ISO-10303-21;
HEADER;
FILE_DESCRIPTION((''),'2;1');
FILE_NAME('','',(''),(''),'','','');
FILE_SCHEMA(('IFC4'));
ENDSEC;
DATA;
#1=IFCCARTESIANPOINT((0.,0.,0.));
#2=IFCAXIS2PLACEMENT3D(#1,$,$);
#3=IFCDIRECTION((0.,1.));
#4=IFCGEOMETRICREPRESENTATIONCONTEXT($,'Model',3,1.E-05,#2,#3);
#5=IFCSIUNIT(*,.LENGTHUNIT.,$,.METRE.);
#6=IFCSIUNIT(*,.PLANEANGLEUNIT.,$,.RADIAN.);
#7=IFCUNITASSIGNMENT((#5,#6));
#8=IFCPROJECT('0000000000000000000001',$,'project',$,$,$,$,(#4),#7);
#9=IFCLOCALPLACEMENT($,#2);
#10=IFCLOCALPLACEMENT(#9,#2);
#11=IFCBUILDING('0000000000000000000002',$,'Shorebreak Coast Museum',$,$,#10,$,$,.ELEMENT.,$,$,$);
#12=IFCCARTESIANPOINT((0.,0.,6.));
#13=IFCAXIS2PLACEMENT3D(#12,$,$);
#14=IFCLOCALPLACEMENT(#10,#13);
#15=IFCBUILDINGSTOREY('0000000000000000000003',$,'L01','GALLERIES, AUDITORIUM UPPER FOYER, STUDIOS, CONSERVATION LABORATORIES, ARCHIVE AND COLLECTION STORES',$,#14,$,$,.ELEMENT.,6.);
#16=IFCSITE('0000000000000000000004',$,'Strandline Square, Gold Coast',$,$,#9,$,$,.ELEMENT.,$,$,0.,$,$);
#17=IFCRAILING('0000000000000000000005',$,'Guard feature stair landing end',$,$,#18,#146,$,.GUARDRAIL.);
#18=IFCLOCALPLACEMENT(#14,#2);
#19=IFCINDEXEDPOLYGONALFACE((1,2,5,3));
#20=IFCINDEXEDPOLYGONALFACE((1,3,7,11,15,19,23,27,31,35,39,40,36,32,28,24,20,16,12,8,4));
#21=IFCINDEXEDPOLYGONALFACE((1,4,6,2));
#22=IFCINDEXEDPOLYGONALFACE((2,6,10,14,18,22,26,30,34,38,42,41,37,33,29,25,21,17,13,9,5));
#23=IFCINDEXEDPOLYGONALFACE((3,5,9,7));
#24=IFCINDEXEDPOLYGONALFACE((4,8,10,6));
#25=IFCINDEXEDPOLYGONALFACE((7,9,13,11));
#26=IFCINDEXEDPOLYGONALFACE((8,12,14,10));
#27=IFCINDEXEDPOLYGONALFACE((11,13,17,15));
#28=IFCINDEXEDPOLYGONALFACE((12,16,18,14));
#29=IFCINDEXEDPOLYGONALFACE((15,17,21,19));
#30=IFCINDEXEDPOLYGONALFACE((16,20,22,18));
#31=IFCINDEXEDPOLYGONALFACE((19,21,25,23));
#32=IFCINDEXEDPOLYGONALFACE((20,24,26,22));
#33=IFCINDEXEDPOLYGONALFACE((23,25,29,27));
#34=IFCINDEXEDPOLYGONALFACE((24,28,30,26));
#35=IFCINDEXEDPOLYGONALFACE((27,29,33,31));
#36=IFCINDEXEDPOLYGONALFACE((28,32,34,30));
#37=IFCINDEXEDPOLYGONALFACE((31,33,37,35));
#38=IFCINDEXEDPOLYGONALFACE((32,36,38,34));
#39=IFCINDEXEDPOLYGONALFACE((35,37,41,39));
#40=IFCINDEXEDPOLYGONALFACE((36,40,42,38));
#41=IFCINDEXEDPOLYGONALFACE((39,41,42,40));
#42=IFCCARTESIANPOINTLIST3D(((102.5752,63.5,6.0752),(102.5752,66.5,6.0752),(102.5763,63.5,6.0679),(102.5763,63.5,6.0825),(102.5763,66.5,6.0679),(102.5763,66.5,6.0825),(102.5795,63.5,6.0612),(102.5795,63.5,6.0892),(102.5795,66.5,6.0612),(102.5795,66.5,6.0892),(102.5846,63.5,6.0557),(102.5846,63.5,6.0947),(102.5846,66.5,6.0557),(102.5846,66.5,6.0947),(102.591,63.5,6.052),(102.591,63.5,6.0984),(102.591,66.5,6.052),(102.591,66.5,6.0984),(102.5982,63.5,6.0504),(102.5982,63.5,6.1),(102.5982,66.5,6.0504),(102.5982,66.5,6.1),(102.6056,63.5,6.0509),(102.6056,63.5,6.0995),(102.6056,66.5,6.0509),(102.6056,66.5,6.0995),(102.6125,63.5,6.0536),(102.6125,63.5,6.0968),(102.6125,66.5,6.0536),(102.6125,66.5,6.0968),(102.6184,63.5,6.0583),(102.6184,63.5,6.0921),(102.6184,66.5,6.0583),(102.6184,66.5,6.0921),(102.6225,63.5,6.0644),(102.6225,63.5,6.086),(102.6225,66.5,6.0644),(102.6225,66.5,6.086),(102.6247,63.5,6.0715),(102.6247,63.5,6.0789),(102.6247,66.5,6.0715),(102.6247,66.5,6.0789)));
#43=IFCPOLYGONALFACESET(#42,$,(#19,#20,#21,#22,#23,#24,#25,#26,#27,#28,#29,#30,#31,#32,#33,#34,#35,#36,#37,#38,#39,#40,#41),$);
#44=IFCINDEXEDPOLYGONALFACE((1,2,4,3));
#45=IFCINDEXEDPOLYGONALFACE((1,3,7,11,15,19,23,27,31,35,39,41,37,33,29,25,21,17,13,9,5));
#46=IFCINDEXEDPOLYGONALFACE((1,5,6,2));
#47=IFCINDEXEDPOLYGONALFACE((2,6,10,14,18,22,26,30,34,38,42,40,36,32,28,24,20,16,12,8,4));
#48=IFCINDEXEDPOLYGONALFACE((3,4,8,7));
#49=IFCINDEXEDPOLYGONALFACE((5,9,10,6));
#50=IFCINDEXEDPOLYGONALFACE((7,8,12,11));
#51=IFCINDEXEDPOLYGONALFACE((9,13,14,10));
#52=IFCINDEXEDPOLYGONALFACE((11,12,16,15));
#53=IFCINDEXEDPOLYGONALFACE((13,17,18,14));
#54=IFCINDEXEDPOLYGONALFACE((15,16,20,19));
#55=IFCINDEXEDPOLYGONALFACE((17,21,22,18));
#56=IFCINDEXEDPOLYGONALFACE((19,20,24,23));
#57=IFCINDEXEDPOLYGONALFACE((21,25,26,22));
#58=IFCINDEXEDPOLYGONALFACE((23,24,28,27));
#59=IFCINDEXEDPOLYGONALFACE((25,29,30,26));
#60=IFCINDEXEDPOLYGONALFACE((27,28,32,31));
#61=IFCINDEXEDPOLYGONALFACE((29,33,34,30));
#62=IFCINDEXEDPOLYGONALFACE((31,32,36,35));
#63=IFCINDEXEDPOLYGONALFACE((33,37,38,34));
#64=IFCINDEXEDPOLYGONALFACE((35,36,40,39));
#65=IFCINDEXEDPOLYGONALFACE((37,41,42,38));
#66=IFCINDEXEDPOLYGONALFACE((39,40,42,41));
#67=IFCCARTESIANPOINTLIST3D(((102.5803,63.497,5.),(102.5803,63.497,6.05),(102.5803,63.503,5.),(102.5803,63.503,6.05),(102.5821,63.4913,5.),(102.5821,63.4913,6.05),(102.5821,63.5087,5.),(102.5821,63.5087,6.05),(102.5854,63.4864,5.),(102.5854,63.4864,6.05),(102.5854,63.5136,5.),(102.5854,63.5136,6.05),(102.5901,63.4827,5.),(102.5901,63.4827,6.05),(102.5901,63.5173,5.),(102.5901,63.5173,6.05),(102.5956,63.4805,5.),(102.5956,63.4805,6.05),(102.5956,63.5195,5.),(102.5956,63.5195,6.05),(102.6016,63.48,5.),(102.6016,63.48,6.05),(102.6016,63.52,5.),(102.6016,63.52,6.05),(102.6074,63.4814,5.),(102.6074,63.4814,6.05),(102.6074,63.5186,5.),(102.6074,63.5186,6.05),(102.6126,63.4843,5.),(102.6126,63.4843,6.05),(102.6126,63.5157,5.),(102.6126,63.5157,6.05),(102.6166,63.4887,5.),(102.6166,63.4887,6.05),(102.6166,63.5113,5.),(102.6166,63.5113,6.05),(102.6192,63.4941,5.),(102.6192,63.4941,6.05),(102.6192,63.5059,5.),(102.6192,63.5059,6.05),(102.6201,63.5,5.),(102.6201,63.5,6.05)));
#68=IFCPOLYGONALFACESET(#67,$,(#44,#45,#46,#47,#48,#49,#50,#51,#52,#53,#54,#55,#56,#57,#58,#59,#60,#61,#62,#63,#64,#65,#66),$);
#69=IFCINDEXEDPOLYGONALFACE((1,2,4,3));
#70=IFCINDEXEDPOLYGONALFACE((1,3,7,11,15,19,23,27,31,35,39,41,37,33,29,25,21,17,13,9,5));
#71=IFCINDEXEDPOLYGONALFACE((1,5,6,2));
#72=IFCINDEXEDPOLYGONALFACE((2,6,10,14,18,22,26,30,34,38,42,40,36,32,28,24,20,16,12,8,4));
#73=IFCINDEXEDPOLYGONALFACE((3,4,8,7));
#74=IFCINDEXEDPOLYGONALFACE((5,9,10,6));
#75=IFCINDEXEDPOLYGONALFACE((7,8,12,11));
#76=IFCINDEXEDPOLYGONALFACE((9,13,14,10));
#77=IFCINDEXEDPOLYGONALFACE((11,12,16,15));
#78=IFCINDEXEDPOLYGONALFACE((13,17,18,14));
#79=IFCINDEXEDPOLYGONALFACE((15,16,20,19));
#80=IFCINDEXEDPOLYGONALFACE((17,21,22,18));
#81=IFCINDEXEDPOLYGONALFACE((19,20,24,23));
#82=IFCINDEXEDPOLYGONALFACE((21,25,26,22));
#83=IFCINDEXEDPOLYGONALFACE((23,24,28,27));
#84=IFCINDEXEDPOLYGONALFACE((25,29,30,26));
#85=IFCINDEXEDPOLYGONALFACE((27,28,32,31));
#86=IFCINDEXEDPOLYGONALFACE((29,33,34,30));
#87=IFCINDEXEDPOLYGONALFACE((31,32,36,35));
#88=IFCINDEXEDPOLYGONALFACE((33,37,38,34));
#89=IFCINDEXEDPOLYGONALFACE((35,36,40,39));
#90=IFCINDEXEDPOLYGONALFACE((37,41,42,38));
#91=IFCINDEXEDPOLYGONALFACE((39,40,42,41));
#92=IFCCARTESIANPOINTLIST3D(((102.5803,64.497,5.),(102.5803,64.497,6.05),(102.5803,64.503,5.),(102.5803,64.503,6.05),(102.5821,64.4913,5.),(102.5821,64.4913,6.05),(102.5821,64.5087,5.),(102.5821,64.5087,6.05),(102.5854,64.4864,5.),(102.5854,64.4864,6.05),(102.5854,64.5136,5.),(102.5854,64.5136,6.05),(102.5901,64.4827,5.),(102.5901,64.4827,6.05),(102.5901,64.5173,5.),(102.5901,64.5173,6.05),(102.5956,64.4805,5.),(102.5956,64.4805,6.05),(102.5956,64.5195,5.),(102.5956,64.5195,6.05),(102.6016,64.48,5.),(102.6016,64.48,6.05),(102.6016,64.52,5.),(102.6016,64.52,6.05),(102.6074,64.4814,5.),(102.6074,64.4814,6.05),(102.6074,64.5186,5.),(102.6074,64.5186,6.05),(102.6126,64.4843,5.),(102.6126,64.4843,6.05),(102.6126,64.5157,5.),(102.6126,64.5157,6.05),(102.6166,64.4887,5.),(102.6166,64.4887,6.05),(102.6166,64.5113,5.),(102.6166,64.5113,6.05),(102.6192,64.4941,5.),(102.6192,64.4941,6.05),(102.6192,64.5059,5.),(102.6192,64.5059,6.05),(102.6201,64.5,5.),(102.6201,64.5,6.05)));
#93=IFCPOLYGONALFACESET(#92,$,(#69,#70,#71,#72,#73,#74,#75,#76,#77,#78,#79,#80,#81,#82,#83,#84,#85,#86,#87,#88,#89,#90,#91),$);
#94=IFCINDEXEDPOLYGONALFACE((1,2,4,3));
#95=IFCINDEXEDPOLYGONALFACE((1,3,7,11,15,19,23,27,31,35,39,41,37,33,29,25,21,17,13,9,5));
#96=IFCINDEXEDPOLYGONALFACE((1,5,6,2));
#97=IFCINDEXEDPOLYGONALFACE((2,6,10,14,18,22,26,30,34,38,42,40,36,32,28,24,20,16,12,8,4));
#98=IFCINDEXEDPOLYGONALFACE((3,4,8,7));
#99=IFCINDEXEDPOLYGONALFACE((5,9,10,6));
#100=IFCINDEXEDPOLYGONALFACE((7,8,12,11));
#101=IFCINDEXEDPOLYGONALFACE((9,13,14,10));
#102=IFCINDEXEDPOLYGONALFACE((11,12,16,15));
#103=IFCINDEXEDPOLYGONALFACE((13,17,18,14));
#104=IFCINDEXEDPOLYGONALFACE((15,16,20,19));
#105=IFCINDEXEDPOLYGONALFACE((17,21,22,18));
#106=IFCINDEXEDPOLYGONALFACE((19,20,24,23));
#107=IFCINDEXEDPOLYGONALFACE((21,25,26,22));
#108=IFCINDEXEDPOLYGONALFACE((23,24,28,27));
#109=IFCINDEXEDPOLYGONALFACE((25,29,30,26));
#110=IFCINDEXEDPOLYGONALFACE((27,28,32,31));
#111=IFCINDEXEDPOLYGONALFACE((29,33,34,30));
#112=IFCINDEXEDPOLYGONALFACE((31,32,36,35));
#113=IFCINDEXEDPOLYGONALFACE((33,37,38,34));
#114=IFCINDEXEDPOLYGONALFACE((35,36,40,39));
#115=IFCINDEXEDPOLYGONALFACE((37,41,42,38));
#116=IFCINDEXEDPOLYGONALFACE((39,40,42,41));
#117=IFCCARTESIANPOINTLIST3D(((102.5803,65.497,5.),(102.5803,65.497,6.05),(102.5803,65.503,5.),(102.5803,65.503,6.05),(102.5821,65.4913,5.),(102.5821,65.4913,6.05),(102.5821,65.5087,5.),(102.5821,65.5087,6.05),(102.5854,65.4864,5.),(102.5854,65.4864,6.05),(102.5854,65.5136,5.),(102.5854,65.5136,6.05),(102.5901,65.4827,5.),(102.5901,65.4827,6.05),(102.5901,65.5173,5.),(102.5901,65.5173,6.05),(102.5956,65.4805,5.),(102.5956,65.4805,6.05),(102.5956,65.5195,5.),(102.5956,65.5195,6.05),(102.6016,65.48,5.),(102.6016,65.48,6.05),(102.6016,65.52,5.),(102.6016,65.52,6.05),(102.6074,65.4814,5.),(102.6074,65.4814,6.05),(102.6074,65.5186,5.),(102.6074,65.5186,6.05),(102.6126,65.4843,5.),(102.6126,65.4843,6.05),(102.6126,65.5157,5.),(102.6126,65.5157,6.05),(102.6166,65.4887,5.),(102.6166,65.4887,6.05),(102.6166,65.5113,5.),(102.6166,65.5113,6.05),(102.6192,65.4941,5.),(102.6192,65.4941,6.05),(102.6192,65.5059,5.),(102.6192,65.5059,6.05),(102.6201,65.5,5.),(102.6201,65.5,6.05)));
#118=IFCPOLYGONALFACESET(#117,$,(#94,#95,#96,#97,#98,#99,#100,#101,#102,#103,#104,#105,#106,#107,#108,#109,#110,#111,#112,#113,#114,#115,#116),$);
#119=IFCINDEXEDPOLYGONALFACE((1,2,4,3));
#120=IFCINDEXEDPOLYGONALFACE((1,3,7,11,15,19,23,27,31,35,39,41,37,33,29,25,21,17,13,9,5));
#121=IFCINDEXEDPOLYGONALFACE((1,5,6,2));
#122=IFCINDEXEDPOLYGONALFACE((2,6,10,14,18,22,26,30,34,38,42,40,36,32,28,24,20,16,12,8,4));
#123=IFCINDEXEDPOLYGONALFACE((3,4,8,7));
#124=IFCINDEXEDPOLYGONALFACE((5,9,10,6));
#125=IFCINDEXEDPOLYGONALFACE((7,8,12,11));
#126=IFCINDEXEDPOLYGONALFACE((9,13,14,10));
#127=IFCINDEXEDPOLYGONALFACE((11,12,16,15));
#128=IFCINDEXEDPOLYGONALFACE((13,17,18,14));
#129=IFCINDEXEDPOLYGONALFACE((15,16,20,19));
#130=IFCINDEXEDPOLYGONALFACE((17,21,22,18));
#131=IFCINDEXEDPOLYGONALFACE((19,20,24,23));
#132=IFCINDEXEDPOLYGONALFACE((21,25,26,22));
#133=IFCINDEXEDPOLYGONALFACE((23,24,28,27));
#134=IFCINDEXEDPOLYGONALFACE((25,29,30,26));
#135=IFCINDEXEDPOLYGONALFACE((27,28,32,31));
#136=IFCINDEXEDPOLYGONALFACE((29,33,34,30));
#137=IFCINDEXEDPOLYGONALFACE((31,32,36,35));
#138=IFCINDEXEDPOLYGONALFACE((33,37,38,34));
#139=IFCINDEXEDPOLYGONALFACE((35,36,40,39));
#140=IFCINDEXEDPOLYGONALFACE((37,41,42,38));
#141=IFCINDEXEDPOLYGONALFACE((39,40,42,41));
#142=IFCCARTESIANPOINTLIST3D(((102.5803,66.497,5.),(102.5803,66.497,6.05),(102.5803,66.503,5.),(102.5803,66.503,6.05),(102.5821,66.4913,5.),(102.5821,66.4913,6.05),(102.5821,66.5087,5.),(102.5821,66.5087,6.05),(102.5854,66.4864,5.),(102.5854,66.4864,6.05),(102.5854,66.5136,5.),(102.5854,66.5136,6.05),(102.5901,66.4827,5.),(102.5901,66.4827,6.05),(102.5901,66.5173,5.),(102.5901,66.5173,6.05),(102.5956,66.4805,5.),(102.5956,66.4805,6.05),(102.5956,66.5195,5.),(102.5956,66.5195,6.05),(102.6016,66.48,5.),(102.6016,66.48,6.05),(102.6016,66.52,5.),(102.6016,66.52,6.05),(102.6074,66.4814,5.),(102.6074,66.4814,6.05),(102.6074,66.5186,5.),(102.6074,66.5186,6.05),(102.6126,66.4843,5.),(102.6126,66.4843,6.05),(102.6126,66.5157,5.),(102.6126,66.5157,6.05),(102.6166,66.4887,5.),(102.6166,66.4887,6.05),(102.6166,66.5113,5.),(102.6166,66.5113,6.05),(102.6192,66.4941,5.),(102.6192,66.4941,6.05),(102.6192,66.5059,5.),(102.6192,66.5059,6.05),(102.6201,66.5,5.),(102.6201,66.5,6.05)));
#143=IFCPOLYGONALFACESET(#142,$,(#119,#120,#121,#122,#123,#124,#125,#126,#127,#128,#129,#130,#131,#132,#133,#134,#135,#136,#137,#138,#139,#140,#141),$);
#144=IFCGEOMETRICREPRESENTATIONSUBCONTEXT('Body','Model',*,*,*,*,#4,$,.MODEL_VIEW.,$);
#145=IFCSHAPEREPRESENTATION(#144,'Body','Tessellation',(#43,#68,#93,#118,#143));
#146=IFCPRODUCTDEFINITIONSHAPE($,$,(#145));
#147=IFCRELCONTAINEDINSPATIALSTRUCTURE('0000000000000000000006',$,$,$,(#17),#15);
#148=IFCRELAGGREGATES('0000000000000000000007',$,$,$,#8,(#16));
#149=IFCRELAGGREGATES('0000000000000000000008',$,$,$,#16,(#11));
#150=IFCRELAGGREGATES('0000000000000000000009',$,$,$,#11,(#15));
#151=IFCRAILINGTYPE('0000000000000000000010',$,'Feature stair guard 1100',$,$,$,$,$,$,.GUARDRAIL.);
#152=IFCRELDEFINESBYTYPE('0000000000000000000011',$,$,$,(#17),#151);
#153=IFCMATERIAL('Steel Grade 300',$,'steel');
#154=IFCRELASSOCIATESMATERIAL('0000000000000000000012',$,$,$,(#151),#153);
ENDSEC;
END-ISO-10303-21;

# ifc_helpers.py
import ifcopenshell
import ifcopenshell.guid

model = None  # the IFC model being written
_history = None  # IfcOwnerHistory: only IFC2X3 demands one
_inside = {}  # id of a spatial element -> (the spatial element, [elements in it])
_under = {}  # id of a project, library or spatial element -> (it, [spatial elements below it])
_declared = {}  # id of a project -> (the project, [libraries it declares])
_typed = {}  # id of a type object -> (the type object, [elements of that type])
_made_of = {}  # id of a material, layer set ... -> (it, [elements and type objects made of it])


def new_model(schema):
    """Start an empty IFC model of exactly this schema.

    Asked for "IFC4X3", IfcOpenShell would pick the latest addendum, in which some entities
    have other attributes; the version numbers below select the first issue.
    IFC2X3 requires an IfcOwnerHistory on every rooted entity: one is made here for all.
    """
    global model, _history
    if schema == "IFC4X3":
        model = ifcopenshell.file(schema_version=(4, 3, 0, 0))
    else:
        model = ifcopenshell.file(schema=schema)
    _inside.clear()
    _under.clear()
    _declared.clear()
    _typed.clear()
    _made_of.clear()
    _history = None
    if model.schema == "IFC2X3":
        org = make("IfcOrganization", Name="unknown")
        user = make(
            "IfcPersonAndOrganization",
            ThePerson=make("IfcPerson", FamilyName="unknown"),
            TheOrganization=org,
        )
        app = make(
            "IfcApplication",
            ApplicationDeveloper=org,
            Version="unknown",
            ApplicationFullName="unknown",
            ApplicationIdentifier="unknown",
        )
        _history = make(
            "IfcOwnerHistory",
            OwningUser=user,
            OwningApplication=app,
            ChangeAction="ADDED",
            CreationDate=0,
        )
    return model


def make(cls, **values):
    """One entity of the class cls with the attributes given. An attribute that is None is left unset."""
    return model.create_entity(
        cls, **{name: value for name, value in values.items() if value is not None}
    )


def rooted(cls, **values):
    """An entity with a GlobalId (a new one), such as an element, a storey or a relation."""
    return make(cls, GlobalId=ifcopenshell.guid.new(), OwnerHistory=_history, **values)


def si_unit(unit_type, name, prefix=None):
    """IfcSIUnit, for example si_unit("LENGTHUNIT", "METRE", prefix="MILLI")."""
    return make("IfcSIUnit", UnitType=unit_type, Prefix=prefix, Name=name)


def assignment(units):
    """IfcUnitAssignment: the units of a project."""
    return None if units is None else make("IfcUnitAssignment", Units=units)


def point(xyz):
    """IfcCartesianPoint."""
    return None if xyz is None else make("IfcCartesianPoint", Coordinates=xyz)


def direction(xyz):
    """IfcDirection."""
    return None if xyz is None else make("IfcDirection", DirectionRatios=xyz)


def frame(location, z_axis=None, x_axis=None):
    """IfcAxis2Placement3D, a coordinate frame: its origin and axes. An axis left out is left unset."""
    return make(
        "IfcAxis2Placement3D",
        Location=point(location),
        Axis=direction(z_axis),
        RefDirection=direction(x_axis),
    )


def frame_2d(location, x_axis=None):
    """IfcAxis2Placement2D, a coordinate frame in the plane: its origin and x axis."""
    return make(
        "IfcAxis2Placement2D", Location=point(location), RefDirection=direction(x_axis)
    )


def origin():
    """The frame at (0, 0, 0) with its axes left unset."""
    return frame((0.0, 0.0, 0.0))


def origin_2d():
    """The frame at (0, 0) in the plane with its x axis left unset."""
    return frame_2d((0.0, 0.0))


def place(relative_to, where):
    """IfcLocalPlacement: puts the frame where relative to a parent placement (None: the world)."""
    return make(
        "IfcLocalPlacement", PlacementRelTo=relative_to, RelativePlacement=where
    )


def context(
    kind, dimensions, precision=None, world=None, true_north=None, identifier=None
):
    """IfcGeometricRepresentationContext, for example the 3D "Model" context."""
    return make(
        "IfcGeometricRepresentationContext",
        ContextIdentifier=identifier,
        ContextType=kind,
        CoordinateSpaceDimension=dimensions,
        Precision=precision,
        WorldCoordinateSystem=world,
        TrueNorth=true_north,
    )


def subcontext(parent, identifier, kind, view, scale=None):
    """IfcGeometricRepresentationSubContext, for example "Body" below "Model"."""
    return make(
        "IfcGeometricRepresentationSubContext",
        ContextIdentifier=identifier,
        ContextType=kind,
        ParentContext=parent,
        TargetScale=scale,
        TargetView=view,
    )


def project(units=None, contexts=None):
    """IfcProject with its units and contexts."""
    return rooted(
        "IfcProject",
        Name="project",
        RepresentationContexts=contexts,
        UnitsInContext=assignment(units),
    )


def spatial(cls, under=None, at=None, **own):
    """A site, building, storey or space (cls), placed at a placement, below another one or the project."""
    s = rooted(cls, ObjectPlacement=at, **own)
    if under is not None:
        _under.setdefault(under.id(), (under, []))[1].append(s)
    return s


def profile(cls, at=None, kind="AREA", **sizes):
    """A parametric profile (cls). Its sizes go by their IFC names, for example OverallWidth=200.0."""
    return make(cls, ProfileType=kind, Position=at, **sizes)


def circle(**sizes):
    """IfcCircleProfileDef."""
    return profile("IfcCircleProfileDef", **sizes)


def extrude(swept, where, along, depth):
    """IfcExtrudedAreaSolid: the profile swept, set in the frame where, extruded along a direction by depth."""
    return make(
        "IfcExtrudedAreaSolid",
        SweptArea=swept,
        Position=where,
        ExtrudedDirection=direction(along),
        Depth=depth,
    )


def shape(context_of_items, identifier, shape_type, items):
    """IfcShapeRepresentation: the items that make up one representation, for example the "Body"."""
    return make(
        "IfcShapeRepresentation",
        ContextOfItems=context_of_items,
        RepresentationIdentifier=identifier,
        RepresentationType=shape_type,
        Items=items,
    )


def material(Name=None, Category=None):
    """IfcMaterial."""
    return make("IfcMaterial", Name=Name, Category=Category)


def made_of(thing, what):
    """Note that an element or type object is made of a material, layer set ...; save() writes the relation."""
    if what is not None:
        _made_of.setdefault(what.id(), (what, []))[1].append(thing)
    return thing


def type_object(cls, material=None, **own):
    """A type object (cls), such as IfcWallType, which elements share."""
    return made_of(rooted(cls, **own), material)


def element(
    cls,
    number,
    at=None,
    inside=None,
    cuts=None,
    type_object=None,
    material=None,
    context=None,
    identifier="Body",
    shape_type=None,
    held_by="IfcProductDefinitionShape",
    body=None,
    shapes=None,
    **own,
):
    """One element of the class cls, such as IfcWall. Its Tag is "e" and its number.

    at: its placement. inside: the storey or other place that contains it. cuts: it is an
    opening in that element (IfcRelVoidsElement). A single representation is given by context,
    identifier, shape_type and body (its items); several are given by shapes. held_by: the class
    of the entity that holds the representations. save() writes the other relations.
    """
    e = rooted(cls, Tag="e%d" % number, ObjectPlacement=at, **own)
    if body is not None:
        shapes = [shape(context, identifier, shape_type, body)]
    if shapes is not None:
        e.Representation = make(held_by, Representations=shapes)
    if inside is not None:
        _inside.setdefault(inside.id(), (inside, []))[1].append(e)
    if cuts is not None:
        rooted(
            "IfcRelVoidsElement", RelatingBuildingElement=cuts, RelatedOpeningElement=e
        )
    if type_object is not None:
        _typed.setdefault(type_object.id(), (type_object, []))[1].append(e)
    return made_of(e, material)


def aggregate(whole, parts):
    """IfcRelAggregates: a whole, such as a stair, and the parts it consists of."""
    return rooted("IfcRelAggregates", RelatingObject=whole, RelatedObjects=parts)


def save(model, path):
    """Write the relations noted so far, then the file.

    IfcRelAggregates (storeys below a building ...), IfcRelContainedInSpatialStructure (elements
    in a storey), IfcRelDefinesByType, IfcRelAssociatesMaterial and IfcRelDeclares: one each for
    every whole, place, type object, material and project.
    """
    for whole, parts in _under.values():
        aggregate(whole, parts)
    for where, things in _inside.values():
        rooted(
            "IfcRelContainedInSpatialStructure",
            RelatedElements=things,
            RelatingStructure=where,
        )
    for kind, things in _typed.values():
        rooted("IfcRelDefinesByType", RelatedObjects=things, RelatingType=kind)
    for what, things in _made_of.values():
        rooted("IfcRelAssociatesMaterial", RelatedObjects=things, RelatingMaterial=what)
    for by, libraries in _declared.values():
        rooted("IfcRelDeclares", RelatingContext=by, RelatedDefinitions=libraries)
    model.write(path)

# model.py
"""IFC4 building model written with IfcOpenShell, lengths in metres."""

from ifc_helpers import new_model, si_unit, direction, frame, origin, origin_2d, place, context, subcontext, project, spatial, circle, extrude, material, type_object, element, save


model = new_model("IFC4")

# Units and contexts
model_context = context("Model", 3, precision=1e-05, world=origin(), true_north=direction((0.0, 1.0)))
body_context = subcontext(model_context, "Body", "Model", "MODEL_VIEW")
ifc_project = project(units=[si_unit("LENGTHUNIT", "METRE"), si_unit("PLANEANGLEUNIT", "RADIAN")], contexts=[model_context])

# Site, building, storey
site_placement = place(None, origin())
site = spatial("IfcSite", under=ifc_project, at=site_placement, Name="Strandline Square, Gold Coast", CompositionType="ELEMENT", RefElevation=0.0)
building_placement = place(site_placement, origin())
building = spatial("IfcBuilding", under=site, at=building_placement, Name="Shorebreak Coast Museum", CompositionType="ELEMENT")
storey_placement = place(building_placement, frame((0.0, 0.0, 6.0)))
storey = spatial("IfcBuildingStorey", under=building, at=storey_placement, Name="L01", Description="GALLERIES, AUDITORIUM UPPER FOYER, STUDIOS, CONSERVATION LABORATORIES, ARCHIVE AND COLLECTION STORES", CompositionType="ELEMENT", Elevation=6.0)

# Railing
ifc_material_1 = material(Name="Steel Grade 300", Category="steel")
railing_type_1 = type_object("IfcRailingType", Name="Feature stair guard 1100", PredefinedType="GUARDRAIL", material=ifc_material_1)
railing_placement = place(storey_placement, frame((102.6001, 63.5, 5.0)))
element("IfcRailing", 1, at=railing_placement, inside=storey, type_object=railing_type_1, Name="Guard feature stair landing end", PredefinedType="GUARDRAIL", context=body_context, shape_type="SweptSolid", body=[
    extrude(circle(Radius=0.0249, at=origin_2d()), frame((0.0, 0.0, 1.0752), z_axis=(0.0, 1.0, 0.0), x_axis=(-1.0, 0.0, 0.0)), (0.0, 0.0, 1.0), 3.0),
    extrude(circle(Radius=0.02, at=origin_2d()), origin(), (0.0, 0.0, 1.0), 1.05),
    extrude(circle(Radius=0.02, at=origin_2d()), frame((0.0, 1.0, 0.0)), (0.0, 0.0, 1.0), 1.05),
    extrude(circle(Radius=0.02, at=origin_2d()), frame((0.0, 2.0, 0.0)), (0.0, 0.0, 1.0), 1.05),
    extrude(circle(Radius=0.02, at=origin_2d()), frame((0.0, 3.0, 0.0)), (0.0, 0.0, 1.0), 1.05),
])

save(model, "model.ifc")
